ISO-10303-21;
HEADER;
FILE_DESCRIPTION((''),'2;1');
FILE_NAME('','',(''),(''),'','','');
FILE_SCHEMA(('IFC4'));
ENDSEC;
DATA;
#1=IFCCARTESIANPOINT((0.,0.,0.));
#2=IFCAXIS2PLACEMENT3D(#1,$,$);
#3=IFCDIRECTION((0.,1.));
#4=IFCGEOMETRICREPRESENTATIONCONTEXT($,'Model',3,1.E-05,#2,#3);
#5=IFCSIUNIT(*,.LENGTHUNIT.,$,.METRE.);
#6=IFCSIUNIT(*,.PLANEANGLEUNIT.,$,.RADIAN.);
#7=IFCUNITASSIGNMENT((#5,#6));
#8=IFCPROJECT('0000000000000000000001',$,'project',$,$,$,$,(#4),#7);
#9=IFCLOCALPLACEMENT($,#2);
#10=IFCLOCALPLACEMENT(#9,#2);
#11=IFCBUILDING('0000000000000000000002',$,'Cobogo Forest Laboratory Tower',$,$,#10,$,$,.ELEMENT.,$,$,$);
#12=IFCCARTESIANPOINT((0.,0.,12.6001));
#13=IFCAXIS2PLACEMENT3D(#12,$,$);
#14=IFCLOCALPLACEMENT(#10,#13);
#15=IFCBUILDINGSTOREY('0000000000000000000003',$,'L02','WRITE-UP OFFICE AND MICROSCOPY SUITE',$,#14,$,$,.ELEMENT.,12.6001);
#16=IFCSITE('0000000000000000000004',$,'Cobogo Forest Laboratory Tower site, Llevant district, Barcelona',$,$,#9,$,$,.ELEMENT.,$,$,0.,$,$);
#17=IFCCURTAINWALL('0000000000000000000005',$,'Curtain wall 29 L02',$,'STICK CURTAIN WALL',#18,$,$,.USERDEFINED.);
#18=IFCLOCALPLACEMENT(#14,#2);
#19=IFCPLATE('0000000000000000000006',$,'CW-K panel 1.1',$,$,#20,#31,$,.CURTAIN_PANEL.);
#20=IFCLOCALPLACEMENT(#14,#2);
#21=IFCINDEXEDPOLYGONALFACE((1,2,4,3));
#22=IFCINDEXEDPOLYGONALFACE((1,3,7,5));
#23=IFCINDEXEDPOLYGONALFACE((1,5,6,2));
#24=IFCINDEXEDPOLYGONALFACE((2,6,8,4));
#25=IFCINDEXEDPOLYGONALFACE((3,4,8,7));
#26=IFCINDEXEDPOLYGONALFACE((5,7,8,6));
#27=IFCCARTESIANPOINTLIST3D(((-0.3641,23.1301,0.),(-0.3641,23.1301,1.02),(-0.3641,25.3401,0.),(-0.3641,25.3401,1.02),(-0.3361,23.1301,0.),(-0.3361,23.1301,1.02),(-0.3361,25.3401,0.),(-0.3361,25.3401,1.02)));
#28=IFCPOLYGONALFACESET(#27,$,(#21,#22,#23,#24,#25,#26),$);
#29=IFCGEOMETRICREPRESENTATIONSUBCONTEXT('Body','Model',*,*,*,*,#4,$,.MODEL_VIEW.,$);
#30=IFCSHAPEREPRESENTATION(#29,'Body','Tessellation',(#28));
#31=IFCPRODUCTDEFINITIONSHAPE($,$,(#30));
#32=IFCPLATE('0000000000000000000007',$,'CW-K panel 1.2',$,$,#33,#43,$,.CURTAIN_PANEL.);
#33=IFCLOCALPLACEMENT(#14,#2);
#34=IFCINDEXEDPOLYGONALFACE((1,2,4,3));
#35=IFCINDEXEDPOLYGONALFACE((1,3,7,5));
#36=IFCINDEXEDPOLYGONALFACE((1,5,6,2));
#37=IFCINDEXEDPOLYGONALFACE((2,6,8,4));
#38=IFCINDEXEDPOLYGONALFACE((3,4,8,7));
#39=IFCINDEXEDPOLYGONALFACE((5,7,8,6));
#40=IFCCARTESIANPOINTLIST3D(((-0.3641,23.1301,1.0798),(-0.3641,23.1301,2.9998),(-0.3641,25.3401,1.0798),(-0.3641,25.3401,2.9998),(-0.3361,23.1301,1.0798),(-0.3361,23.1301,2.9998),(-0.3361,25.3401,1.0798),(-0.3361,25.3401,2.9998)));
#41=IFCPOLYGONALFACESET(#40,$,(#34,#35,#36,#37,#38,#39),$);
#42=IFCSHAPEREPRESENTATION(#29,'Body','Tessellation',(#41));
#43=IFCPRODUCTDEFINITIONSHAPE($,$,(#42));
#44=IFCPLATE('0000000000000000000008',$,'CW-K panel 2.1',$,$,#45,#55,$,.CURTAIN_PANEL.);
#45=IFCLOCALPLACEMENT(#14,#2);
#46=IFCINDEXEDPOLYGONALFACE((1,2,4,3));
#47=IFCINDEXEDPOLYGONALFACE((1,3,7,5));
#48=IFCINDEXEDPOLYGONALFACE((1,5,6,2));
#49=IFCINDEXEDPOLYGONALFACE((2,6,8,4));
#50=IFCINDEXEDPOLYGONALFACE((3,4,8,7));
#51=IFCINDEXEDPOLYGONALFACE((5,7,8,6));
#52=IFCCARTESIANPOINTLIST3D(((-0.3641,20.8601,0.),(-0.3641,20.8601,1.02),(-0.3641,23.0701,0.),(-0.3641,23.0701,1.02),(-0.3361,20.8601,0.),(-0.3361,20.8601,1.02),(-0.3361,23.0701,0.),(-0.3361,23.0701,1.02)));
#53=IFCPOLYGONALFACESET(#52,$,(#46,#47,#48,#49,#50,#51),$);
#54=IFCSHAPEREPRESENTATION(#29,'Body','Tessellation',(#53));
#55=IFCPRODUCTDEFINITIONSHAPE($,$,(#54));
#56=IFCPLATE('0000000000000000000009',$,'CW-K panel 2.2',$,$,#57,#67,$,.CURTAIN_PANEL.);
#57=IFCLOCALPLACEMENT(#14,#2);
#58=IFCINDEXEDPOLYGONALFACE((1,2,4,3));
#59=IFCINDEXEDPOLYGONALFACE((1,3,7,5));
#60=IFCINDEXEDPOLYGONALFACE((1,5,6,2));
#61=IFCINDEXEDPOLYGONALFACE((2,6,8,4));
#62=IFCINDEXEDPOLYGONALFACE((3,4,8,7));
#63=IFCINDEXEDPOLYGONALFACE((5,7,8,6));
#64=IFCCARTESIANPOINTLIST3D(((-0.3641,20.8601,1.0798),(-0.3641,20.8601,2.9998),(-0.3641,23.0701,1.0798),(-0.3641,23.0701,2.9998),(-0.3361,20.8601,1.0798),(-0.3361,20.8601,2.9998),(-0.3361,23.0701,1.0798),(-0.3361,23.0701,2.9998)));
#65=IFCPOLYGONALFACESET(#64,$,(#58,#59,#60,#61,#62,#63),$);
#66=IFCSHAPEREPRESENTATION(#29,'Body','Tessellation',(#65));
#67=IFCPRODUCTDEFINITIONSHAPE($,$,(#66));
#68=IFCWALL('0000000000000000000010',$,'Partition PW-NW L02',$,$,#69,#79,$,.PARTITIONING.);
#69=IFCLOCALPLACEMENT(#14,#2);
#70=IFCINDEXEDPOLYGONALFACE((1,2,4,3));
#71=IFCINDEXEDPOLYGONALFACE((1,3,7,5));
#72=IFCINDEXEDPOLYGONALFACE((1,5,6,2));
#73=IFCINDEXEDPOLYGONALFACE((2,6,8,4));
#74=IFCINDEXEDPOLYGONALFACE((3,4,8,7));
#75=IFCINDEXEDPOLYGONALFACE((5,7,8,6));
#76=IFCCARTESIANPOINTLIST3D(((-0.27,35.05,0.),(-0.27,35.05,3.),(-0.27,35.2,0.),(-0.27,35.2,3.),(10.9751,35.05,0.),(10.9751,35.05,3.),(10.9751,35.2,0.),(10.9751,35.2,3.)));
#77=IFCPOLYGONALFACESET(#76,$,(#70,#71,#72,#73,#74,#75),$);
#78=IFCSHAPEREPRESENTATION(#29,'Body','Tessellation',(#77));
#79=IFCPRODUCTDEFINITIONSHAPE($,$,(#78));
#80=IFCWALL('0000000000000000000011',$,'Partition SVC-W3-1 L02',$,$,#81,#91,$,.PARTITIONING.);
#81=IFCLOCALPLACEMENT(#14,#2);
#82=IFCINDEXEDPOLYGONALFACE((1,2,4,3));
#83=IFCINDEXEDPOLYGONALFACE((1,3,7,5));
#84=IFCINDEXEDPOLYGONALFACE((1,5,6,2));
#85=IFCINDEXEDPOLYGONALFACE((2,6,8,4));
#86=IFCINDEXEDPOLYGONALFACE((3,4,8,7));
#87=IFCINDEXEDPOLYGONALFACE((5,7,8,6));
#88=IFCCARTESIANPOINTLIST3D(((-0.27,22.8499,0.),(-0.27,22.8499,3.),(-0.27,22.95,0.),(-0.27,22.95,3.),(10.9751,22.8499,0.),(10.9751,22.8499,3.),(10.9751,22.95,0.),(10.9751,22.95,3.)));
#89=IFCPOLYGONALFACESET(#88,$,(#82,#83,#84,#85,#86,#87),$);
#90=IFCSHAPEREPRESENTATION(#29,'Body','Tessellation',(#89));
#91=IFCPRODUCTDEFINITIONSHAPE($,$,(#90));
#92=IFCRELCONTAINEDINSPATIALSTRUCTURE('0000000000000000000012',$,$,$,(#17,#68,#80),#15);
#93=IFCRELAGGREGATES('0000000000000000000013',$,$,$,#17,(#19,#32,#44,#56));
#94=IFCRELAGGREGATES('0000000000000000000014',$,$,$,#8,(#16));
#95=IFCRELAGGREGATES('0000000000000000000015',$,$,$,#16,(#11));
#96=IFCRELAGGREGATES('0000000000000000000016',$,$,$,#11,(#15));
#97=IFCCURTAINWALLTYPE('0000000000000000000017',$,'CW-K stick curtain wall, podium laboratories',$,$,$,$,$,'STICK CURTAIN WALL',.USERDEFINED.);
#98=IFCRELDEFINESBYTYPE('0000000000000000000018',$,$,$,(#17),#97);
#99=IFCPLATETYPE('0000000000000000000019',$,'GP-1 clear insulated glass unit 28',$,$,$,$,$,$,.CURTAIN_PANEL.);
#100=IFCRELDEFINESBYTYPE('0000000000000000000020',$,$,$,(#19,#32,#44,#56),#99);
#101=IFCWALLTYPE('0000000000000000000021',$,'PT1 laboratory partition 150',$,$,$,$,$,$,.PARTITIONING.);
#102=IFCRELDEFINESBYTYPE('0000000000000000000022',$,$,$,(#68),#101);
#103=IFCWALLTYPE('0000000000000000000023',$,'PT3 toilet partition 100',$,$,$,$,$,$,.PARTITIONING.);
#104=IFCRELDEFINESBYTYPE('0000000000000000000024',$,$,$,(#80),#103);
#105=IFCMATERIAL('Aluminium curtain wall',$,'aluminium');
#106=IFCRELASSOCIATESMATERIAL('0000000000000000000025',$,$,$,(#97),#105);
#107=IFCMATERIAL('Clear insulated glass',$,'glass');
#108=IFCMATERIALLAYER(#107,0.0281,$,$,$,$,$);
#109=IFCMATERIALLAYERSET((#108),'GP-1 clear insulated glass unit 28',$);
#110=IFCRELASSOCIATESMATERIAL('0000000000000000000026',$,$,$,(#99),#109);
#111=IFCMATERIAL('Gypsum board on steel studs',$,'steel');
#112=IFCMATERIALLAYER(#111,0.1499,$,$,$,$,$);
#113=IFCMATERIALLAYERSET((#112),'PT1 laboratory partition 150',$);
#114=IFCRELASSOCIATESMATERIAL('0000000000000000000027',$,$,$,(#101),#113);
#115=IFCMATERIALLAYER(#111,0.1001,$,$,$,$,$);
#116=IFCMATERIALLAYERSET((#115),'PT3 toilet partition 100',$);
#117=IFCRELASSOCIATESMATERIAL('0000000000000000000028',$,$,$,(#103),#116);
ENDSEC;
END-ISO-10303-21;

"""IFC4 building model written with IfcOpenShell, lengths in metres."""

from ifc_helpers import new_model, si_unit, direction, frame, frame_2d, origin, origin_2d, place, context, subcontext, project, spatial, rectangle, extrude, material, layer, layer_set, type_object, element, aggregate, save


model = new_model("IFC4")

# Units and contexts
model_context = context("Model", 3, precision=1e-05, world=origin(), true_north=direction((0.0, 1.0)))
body_context = subcontext(model_context, "Body", "Model", "MODEL_VIEW")
ifc_project = project(units=[si_unit("LENGTHUNIT", "METRE"), si_unit("PLANEANGLEUNIT", "RADIAN")], contexts=[model_context])

# Site, building, storey
site_placement = place(None, origin())
site = spatial("IfcSite", under=ifc_project, at=site_placement, Name="Cobogo Forest Laboratory Tower site, Llevant district, Barcelona", CompositionType="ELEMENT", RefElevation=0.0)
building_placement = place(site_placement, origin())
building = spatial("IfcBuilding", under=site, at=building_placement, Name="Cobogo Forest Laboratory Tower", CompositionType="ELEMENT")
storey_placement = place(building_placement, frame((0.0, 0.0, 12.6001)))
storey = spatial("IfcBuildingStorey", under=building, at=storey_placement, Name="L02", Description="WRITE-UP OFFICE AND MICROSCOPY SUITE", CompositionType="ELEMENT", Elevation=12.6001)

# Curtain wall
ifc_material_1 = material(Name="Aluminium curtain wall", Category="aluminium")
curtain_wall_type = type_object("IfcCurtainWallType", Name="CW-K stick curtain wall, podium laboratories", ElementType="STICK CURTAIN WALL", PredefinedType="USERDEFINED", material=ifc_material_1)
curtain_wall_1_placement = place(storey_placement, origin())
curtain_wall_1 = element("IfcCurtainWall", 1, at=curtain_wall_1_placement, inside=storey, type_object=curtain_wall_type, Name="Curtain wall 29 L02", ObjectType="STICK CURTAIN WALL", PredefinedType="USERDEFINED")

# Plates
ifc_material_2 = material(Name="Clear insulated glass", Category="glass")
ifc_layer_1 = layer(ifc_material_2, 0.0281)
ifc_layer_set_1 = layer_set([ifc_layer_1], Name="GP-1 clear insulated glass unit 28")
plate_type_1 = type_object("IfcPlateType", Name="GP-1 clear insulated glass unit 28", PredefinedType="CURTAIN_PANEL", material=ifc_layer_set_1)
plate_1_placement = place(storey_placement, frame((-0.3501, 24.2351, 0.0), z_axis=(0.0, 0.0, 1.0), x_axis=(0.0, -1.0, 0.0)))
plate_1 = element("IfcPlate", 2, at=plate_1_placement, type_object=plate_type_1, Name="CW-K panel 1.1", PredefinedType="CURTAIN_PANEL", context=body_context, shape_type="SweptSolid", body=[
    extrude(rectangle(XDim=2.21, YDim=0.0281, at=origin_2d()), origin(), (0.0, 0.0, 1.0), 1.02),
])
plate_2_placement = place(storey_placement, frame((-0.3501, 24.2351, 1.0798), z_axis=(0.0, 0.0, 1.0), x_axis=(0.0, -1.0, 0.0)))
plate_2 = element("IfcPlate", 3, at=plate_2_placement, type_object=plate_type_1, Name="CW-K panel 1.2", PredefinedType="CURTAIN_PANEL", context=body_context, shape_type="SweptSolid", body=[
    extrude(rectangle(XDim=2.21, YDim=0.0281, at=origin_2d()), origin(), (0.0, 0.0, 1.0), 1.9199),
])
plate_3_placement = place(storey_placement, frame((-0.3501, 21.9651, 0.0), z_axis=(0.0, 0.0, 1.0), x_axis=(0.0, -1.0, 0.0)))
plate_3 = element("IfcPlate", 4, at=plate_3_placement, type_object=plate_type_1, Name="CW-K panel 2.1", PredefinedType="CURTAIN_PANEL", context=body_context, shape_type="SweptSolid", body=[
    extrude(rectangle(XDim=2.21, YDim=0.0281, at=origin_2d()), origin(), (0.0, 0.0, 1.0), 1.02),
])
plate_4_placement = place(storey_placement, frame((-0.3501, 21.9651, 1.0798), z_axis=(0.0, 0.0, 1.0), x_axis=(0.0, -1.0, 0.0)))
plate_4 = element("IfcPlate", 5, at=plate_4_placement, type_object=plate_type_1, Name="CW-K panel 2.2", PredefinedType="CURTAIN_PANEL", context=body_context, shape_type="SweptSolid", body=[
    extrude(rectangle(XDim=2.21, YDim=0.0281, at=origin_2d()), origin(), (0.0, 0.0, 1.0), 1.9199),
])
aggregate(curtain_wall_1, [plate_1, plate_2, plate_3, plate_4])

# Walls
ifc_material_3 = material(Name="Gypsum board on steel studs", Category="steel")
ifc_layer_2 = layer(ifc_material_3, 0.1499)
ifc_layer_set_2 = layer_set([ifc_layer_2], Name="PT1 laboratory partition 150")
wall_type_1 = type_object("IfcWallType", Name="PT1 laboratory partition 150", PredefinedType="PARTITIONING", material=ifc_layer_set_2)
wall_1_placement = place(storey_placement, frame((-0.27, 35.125, 0.0), z_axis=(0.0, 0.0, 1.0), x_axis=(1.0, 0.0, 0.0)))
element("IfcWall", 6, at=wall_1_placement, inside=storey, type_object=wall_type_1, Name="Partition PW-NW L02", PredefinedType="PARTITIONING", context=body_context, shape_type="SweptSolid", body=[
    extrude(rectangle(XDim=11.2451, YDim=0.1499, at=frame_2d((5.6226, 0.0))), origin(), (0.0, 0.0, 1.0), 3.0),
])
ifc_layer_3 = layer(ifc_material_3, 0.1001)
ifc_layer_set_3 = layer_set([ifc_layer_3], Name="PT3 toilet partition 100")
wall_type_2 = type_object("IfcWallType", Name="PT3 toilet partition 100", PredefinedType="PARTITIONING", material=ifc_layer_set_3)
wall_2_placement = place(storey_placement, frame((-0.27, 22.8999, 0.0), z_axis=(0.0, 0.0, 1.0), x_axis=(1.0, 0.0, 0.0)))
element("IfcWall", 7, at=wall_2_placement, inside=storey, type_object=wall_type_2, Name="Partition SVC-W3-1 L02", PredefinedType="PARTITIONING", context=body_context, shape_type="SweptSolid", body=[
    extrude(rectangle(XDim=11.2451, YDim=0.1001, at=frame_2d((5.6226, 0.0))), origin(), (0.0, 0.0, 1.0), 3.0),
])

save(model, "model.ifc")
